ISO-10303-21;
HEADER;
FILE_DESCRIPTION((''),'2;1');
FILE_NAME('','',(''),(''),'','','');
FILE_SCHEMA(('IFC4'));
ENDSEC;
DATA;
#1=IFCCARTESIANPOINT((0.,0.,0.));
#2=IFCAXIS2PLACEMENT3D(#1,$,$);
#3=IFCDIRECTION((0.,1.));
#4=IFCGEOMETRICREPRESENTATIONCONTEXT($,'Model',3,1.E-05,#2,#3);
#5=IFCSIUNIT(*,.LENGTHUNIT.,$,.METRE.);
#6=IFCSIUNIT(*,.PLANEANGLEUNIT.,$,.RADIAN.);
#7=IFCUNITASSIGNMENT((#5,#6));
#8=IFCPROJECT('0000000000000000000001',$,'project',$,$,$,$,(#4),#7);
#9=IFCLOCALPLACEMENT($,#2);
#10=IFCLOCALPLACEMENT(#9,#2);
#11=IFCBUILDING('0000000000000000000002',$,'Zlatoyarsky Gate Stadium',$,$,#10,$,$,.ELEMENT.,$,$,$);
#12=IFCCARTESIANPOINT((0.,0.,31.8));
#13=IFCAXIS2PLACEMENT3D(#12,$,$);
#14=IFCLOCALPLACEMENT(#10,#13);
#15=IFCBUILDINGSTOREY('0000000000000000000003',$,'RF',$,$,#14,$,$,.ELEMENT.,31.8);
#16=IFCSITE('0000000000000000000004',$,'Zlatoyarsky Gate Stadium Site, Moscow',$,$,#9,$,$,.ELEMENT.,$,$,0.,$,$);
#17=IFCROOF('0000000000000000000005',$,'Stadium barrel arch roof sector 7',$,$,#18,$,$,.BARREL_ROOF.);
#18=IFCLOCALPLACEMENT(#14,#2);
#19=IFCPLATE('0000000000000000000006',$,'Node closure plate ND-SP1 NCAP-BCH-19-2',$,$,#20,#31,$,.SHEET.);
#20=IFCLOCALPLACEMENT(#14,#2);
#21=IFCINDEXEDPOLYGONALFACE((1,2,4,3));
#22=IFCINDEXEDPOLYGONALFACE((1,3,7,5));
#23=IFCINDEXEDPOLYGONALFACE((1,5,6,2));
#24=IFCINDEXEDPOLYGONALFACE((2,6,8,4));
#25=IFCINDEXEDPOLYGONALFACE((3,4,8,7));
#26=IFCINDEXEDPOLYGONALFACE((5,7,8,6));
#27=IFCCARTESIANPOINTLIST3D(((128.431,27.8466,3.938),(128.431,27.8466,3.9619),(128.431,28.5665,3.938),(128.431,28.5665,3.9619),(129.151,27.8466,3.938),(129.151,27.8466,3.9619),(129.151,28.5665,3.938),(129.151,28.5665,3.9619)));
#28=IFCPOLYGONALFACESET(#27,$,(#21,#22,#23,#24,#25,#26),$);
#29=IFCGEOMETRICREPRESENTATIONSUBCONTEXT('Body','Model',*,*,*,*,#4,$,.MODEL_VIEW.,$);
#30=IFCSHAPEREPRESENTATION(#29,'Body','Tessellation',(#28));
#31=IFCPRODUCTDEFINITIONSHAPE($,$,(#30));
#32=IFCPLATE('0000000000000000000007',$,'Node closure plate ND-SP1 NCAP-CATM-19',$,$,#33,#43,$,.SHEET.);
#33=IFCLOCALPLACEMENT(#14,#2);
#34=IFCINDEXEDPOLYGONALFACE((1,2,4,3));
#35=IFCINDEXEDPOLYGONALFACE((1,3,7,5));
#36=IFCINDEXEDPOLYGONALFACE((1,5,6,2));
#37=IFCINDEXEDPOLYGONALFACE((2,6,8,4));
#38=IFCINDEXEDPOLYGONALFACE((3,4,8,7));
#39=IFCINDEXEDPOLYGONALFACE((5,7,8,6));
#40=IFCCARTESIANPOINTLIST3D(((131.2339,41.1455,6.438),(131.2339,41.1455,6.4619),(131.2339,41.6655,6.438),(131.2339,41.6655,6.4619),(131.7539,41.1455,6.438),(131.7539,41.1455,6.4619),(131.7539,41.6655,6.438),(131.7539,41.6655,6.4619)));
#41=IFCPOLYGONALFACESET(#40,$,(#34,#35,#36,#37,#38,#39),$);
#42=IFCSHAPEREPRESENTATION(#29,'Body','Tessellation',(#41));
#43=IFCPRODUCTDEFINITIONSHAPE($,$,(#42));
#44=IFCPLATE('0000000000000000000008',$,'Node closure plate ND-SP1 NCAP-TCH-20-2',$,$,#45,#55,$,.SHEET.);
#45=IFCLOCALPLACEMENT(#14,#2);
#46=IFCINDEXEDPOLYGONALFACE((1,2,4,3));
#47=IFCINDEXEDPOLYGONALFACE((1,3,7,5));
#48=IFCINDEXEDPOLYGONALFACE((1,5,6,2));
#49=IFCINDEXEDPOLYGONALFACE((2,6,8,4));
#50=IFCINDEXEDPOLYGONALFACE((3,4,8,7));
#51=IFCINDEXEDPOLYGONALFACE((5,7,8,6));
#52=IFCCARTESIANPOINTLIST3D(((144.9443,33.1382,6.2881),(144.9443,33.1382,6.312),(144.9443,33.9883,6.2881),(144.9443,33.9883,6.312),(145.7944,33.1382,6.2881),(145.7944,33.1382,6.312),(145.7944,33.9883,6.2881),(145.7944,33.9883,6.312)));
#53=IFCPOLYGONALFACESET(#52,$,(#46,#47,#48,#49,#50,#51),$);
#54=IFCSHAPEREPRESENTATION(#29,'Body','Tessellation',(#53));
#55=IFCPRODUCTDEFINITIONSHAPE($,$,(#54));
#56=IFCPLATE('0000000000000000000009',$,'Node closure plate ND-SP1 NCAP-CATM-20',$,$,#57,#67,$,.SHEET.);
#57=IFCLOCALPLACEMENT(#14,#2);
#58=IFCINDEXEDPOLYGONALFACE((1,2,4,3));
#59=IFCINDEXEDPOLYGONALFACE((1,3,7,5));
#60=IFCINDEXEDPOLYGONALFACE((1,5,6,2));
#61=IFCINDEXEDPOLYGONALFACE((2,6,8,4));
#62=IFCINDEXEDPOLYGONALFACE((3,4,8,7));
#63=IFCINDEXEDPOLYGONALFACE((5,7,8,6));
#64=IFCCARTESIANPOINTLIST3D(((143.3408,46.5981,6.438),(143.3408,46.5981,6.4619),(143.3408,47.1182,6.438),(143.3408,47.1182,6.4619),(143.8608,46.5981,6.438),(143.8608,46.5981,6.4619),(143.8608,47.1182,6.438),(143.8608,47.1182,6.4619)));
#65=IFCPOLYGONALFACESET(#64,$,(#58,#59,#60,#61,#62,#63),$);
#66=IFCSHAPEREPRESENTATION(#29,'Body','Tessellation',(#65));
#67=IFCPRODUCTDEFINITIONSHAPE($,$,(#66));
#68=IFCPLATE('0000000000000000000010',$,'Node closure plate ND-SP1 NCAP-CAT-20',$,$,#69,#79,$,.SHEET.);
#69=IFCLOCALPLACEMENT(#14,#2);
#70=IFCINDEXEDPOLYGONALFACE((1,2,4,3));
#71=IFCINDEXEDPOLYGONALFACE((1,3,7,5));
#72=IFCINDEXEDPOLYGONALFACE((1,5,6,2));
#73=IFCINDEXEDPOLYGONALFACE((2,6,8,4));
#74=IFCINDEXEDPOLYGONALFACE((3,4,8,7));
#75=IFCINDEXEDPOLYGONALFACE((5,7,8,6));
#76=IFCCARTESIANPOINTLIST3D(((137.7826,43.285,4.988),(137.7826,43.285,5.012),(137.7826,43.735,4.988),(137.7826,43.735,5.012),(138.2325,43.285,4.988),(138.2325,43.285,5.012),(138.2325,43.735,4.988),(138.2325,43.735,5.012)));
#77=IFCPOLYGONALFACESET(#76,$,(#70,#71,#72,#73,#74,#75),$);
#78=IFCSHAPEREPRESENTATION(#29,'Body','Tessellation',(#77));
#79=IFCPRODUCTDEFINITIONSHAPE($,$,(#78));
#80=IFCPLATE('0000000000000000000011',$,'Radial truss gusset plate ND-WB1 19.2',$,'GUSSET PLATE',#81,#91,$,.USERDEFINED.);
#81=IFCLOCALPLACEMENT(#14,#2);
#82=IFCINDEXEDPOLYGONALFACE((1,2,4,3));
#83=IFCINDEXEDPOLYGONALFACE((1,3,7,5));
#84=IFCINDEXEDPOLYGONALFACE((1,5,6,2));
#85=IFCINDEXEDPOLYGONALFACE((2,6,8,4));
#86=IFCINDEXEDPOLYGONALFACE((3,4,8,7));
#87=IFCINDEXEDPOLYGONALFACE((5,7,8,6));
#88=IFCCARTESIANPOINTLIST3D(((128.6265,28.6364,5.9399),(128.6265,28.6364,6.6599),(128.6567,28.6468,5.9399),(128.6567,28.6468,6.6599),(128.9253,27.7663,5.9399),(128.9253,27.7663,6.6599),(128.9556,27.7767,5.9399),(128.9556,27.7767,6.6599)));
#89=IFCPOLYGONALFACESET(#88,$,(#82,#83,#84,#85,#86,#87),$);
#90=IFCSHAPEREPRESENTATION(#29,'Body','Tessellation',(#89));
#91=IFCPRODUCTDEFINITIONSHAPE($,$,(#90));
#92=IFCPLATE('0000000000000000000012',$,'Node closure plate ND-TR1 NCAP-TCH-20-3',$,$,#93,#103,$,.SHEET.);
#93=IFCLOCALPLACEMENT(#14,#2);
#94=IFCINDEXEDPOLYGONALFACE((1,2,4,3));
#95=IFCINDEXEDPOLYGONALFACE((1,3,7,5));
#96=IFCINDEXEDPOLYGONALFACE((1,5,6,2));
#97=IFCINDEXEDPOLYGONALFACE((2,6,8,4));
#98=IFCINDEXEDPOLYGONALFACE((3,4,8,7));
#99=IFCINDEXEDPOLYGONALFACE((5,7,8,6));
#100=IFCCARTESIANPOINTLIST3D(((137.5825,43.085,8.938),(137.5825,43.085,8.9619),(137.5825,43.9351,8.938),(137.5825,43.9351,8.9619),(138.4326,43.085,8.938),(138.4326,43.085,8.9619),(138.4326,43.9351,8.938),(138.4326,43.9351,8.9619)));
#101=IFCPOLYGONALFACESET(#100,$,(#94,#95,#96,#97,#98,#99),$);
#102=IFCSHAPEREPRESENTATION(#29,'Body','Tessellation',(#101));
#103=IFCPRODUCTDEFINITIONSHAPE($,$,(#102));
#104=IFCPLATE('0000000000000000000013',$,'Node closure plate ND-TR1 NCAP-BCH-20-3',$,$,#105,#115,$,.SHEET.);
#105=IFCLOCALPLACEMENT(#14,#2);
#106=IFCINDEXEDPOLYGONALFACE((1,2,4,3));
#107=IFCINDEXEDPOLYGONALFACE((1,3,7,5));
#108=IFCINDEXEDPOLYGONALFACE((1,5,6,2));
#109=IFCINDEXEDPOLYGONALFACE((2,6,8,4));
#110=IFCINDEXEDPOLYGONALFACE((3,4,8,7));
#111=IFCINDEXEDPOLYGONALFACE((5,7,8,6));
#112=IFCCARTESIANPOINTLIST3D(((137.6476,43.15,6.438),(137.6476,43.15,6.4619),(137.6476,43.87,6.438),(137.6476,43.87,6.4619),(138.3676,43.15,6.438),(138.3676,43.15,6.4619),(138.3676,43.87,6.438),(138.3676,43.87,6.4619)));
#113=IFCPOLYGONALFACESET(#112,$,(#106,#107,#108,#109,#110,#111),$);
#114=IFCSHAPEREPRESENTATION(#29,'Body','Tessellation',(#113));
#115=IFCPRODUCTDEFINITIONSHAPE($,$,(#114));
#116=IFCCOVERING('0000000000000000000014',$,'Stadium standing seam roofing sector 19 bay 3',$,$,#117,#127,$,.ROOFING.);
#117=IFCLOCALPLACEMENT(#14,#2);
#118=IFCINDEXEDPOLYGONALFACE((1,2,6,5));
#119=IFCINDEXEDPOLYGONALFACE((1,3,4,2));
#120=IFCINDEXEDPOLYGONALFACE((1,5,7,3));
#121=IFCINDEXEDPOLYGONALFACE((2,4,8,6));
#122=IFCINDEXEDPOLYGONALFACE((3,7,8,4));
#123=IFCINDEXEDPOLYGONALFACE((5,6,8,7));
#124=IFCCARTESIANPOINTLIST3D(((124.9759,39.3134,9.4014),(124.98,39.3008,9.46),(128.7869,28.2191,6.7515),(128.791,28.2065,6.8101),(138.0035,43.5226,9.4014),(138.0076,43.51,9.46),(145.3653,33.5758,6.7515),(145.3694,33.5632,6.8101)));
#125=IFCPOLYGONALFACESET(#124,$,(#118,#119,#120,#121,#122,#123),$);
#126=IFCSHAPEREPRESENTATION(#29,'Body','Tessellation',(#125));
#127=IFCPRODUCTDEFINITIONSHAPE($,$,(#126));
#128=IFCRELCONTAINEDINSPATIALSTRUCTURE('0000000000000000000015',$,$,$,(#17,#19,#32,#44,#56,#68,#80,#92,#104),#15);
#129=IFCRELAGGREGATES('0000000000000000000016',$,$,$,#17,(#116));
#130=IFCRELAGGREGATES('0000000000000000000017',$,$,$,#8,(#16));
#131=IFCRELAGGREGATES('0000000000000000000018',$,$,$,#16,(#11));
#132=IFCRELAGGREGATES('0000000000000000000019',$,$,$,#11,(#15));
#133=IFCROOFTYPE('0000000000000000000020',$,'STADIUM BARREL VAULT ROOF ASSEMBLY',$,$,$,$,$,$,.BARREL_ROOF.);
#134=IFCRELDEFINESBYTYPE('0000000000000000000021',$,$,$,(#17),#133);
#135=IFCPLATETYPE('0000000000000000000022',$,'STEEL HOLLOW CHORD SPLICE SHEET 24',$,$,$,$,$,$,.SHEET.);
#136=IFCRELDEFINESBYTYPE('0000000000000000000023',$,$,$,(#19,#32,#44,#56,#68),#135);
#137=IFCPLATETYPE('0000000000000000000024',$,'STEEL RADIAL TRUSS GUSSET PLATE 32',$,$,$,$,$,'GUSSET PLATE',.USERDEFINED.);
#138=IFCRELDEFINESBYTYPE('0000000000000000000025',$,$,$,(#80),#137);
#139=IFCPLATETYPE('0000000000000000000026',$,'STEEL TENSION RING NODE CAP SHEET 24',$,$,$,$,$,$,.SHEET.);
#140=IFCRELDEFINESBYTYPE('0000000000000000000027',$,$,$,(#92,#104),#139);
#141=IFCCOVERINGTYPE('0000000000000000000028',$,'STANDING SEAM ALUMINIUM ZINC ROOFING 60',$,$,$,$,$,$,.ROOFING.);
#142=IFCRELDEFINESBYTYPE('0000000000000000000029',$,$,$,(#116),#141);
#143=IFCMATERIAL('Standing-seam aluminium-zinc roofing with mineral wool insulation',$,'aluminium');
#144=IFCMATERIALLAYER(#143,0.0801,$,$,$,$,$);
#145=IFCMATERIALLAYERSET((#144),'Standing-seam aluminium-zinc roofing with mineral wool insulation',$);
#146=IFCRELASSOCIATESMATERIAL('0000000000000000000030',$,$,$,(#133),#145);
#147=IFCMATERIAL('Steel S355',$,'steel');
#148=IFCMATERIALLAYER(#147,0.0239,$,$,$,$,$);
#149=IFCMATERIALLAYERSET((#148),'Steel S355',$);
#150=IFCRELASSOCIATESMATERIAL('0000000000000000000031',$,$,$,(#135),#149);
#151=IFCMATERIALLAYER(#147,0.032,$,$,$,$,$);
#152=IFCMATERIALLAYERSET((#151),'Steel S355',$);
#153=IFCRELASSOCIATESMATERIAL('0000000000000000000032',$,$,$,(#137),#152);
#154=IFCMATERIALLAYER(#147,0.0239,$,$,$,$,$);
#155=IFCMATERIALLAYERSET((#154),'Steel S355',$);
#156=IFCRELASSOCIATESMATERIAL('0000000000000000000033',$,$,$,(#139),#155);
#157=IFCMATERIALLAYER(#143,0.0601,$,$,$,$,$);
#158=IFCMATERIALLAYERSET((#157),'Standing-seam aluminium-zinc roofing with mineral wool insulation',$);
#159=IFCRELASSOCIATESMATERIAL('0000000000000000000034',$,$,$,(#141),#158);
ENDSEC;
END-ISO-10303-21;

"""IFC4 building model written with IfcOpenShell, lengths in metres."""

from ifc_helpers import new_model, si_unit, direction, frame, origin, origin_2d, place, context, subcontext, project, spatial, polyline, rectangle, outline, extrude, material, layer, layer_set, type_object, element, aggregate, save


model = new_model("IFC4")

# Units and contexts
model_context = context("Model", 3, precision=1e-05, world=origin(), true_north=direction((0.0, 1.0)))
body_context = subcontext(model_context, "Body", "Model", "MODEL_VIEW")
ifc_project = project(units=[si_unit("LENGTHUNIT", "METRE"), si_unit("PLANEANGLEUNIT", "RADIAN")], contexts=[model_context])

# Site, building, storey
site_placement = place(None, origin())
site = spatial("IfcSite", under=ifc_project, at=site_placement, Name="Zlatoyarsky Gate Stadium Site, Moscow", CompositionType="ELEMENT", RefElevation=0.0)
building_placement = place(site_placement, origin())
building = spatial("IfcBuilding", under=site, at=building_placement, Name="Zlatoyarsky Gate Stadium", CompositionType="ELEMENT")
storey_placement = place(building_placement, frame((0.0, 0.0, 31.8)))
storey = spatial("IfcBuildingStorey", under=building, at=storey_placement, Name="RF", CompositionType="ELEMENT", Elevation=31.8)

# Shared definitions
ifc_material_1 = material(Name="Steel S355", Category="steel")

# Roof
ifc_material_2 = material(Name="Standing-seam aluminium-zinc roofing with mineral wool insulation", Category="aluminium")
ifc_layer_1 = layer(ifc_material_2, 0.0801)
ifc_layer_set_1 = layer_set([ifc_layer_1], Name="Standing-seam aluminium-zinc roofing with mineral wool insulation")
roof_type = type_object("IfcRoofType", Name="STADIUM BARREL VAULT ROOF ASSEMBLY", PredefinedType="BARREL_ROOF", material=ifc_layer_set_1)
roof_placement = place(storey_placement, origin())
roof = element("IfcRoof", 1, at=roof_placement, inside=storey, type_object=roof_type, Name="Stadium barrel arch roof sector 7", PredefinedType="BARREL_ROOF")

# Plates
ifc_layer_2 = layer(ifc_material_1, 0.0239)
ifc_layer_set_2 = layer_set([ifc_layer_2], Name="Steel S355")
plate_type_1 = type_object("IfcPlateType", Name="STEEL HOLLOW CHORD SPLICE SHEET 24", PredefinedType="SHEET", material=ifc_layer_set_2)
plate_1_placement = place(storey_placement, frame((128.791, 28.2065, 3.938), z_axis=(0.0, 0.0, 1.0), x_axis=(1.0, 0.0, 0.0)))
element("IfcPlate", 2, at=plate_1_placement, inside=storey, type_object=plate_type_1, Name="Node closure plate ND-SP1 NCAP-BCH-19-2", PredefinedType="SHEET", context=body_context, shape_type="SweptSolid", body=[
    extrude(rectangle(XDim=0.72, YDim=0.72, at=origin_2d()), origin(), (0.0, 0.0, 1.0), 0.0239),
])
plate_2_placement = place(storey_placement, frame((131.4939, 41.4055, 6.438), z_axis=(0.0, 0.0, 1.0), x_axis=(1.0, 0.0, 0.0)))
element("IfcPlate", 3, at=plate_2_placement, inside=storey, type_object=plate_type_1, Name="Node closure plate ND-SP1 NCAP-CATM-19", PredefinedType="SHEET", context=body_context, shape_type="SweptSolid", body=[
    extrude(rectangle(XDim=0.52, YDim=0.52, at=origin_2d()), origin(), (0.0, 0.0, 1.0), 0.0239),
])
plate_3_placement = place(storey_placement, frame((145.3694, 33.5632, 6.2881), z_axis=(0.0, 0.0, 1.0), x_axis=(1.0, 0.0, 0.0)))
element("IfcPlate", 4, at=plate_3_placement, inside=storey, type_object=plate_type_1, Name="Node closure plate ND-SP1 NCAP-TCH-20-2", PredefinedType="SHEET", context=body_context, shape_type="SweptSolid", body=[
    extrude(rectangle(XDim=0.8501, YDim=0.8501, at=origin_2d()), origin(), (0.0, 0.0, 1.0), 0.0239),
])
plate_4_placement = place(storey_placement, frame((143.6008, 46.8582, 6.438), z_axis=(0.0, 0.0, 1.0), x_axis=(1.0, 0.0, 0.0)))
element("IfcPlate", 5, at=plate_4_placement, inside=storey, type_object=plate_type_1, Name="Node closure plate ND-SP1 NCAP-CATM-20", PredefinedType="SHEET", context=body_context, shape_type="SweptSolid", body=[
    extrude(rectangle(XDim=0.52, YDim=0.52, at=origin_2d()), origin(), (0.0, 0.0, 1.0), 0.0239),
])
plate_5_placement = place(storey_placement, frame((138.0076, 43.51, 4.988), z_axis=(0.0, 0.0, 1.0), x_axis=(1.0, 0.0, 0.0)))
element("IfcPlate", 6, at=plate_5_placement, inside=storey, type_object=plate_type_1, Name="Node closure plate ND-SP1 NCAP-CAT-20", PredefinedType="SHEET", context=body_context, shape_type="SweptSolid", body=[
    extrude(rectangle(XDim=0.45, YDim=0.45, at=origin_2d()), origin(), (0.0, 0.0, 1.0), 0.0239),
])
ifc_layer_3 = layer(ifc_material_1, 0.032)
ifc_layer_set_3 = layer_set([ifc_layer_3], Name="Steel S355")
plate_type_2 = type_object("IfcPlateType", Name="STEEL RADIAL TRUSS GUSSET PLATE 32", ElementType="GUSSET PLATE", PredefinedType="USERDEFINED", material=ifc_layer_set_3)
plate_6_placement = place(storey_placement, frame((128.791, 28.2065, 5.9399), z_axis=(0.0, 0.0, 1.0), x_axis=(-0.324867, 0.94576, 0.0)))
element("IfcPlate", 7, at=plate_6_placement, inside=storey, type_object=plate_type_2, Name="Radial truss gusset plate ND-WB1 19.2", ObjectType="GUSSET PLATE", PredefinedType="USERDEFINED", context=body_context, shape_type="SweptSolid", body=[
    extrude(rectangle(XDim=0.9199, YDim=0.032, at=origin_2d()), origin(), (0.0, 0.0, 1.0), 0.72),
])
ifc_layer_4 = layer(ifc_material_1, 0.0239)
ifc_layer_set_4 = layer_set([ifc_layer_4], Name="Steel S355")
plate_type_3 = type_object("IfcPlateType", Name="STEEL TENSION RING NODE CAP SHEET 24", PredefinedType="SHEET", material=ifc_layer_set_4)
plate_7_placement = place(storey_placement, frame((138.0076, 43.51, 8.938), z_axis=(0.0, 0.0, 1.0), x_axis=(1.0, 0.0, 0.0)))
element("IfcPlate", 8, at=plate_7_placement, inside=storey, type_object=plate_type_3, Name="Node closure plate ND-TR1 NCAP-TCH-20-3", PredefinedType="SHEET", context=body_context, shape_type="SweptSolid", body=[
    extrude(rectangle(XDim=0.8501, YDim=0.8501, at=origin_2d()), origin(), (0.0, 0.0, 1.0), 0.0239),
])
plate_8_placement = place(storey_placement, frame((138.0076, 43.51, 6.438), z_axis=(0.0, 0.0, 1.0), x_axis=(1.0, 0.0, 0.0)))
element("IfcPlate", 9, at=plate_8_placement, inside=storey, type_object=plate_type_3, Name="Node closure plate ND-TR1 NCAP-BCH-20-3", PredefinedType="SHEET", context=body_context, shape_type="SweptSolid", body=[
    extrude(rectangle(XDim=0.72, YDim=0.72, at=origin_2d()), origin(), (0.0, 0.0, 1.0), 0.0239),
])

# Covering
ifc_layer_5 = layer(ifc_material_2, 0.0601)
ifc_layer_set_5 = layer_set([ifc_layer_5], Name="Standing-seam aluminium-zinc roofing with mineral wool insulation")
covering_type = type_object("IfcCoveringType", Name="STANDING SEAM ALUMINIUM ZINC ROOFING 60", PredefinedType="ROOFING", material=ifc_layer_set_5)
covering_placement = place(storey_placement, frame((128.791, 28.2065, 6.8101), z_axis=(0.067758, -0.209707, 0.975414), x_axis=(0.951561, 0.307461, 0.000001)))
covering = element("IfcCovering", 10, at=covering_placement, type_object=covering_type, Name="Stadium standing seam roofing sector 19 bay 3", PredefinedType="ROOFING", context=body_context, shape_type="SweptSolid", body=[
    extrude(outline(polyline([(0.0, 0.0), (17.4223, 0.0), (13.4753, 12.0241), (-0.2154, 12.0242), (0.0, 0.0)])), origin(), (0.0, 0.0, -1.0), 0.0601),
])
aggregate(roof, [covering])

save(model, "model.ifc")
